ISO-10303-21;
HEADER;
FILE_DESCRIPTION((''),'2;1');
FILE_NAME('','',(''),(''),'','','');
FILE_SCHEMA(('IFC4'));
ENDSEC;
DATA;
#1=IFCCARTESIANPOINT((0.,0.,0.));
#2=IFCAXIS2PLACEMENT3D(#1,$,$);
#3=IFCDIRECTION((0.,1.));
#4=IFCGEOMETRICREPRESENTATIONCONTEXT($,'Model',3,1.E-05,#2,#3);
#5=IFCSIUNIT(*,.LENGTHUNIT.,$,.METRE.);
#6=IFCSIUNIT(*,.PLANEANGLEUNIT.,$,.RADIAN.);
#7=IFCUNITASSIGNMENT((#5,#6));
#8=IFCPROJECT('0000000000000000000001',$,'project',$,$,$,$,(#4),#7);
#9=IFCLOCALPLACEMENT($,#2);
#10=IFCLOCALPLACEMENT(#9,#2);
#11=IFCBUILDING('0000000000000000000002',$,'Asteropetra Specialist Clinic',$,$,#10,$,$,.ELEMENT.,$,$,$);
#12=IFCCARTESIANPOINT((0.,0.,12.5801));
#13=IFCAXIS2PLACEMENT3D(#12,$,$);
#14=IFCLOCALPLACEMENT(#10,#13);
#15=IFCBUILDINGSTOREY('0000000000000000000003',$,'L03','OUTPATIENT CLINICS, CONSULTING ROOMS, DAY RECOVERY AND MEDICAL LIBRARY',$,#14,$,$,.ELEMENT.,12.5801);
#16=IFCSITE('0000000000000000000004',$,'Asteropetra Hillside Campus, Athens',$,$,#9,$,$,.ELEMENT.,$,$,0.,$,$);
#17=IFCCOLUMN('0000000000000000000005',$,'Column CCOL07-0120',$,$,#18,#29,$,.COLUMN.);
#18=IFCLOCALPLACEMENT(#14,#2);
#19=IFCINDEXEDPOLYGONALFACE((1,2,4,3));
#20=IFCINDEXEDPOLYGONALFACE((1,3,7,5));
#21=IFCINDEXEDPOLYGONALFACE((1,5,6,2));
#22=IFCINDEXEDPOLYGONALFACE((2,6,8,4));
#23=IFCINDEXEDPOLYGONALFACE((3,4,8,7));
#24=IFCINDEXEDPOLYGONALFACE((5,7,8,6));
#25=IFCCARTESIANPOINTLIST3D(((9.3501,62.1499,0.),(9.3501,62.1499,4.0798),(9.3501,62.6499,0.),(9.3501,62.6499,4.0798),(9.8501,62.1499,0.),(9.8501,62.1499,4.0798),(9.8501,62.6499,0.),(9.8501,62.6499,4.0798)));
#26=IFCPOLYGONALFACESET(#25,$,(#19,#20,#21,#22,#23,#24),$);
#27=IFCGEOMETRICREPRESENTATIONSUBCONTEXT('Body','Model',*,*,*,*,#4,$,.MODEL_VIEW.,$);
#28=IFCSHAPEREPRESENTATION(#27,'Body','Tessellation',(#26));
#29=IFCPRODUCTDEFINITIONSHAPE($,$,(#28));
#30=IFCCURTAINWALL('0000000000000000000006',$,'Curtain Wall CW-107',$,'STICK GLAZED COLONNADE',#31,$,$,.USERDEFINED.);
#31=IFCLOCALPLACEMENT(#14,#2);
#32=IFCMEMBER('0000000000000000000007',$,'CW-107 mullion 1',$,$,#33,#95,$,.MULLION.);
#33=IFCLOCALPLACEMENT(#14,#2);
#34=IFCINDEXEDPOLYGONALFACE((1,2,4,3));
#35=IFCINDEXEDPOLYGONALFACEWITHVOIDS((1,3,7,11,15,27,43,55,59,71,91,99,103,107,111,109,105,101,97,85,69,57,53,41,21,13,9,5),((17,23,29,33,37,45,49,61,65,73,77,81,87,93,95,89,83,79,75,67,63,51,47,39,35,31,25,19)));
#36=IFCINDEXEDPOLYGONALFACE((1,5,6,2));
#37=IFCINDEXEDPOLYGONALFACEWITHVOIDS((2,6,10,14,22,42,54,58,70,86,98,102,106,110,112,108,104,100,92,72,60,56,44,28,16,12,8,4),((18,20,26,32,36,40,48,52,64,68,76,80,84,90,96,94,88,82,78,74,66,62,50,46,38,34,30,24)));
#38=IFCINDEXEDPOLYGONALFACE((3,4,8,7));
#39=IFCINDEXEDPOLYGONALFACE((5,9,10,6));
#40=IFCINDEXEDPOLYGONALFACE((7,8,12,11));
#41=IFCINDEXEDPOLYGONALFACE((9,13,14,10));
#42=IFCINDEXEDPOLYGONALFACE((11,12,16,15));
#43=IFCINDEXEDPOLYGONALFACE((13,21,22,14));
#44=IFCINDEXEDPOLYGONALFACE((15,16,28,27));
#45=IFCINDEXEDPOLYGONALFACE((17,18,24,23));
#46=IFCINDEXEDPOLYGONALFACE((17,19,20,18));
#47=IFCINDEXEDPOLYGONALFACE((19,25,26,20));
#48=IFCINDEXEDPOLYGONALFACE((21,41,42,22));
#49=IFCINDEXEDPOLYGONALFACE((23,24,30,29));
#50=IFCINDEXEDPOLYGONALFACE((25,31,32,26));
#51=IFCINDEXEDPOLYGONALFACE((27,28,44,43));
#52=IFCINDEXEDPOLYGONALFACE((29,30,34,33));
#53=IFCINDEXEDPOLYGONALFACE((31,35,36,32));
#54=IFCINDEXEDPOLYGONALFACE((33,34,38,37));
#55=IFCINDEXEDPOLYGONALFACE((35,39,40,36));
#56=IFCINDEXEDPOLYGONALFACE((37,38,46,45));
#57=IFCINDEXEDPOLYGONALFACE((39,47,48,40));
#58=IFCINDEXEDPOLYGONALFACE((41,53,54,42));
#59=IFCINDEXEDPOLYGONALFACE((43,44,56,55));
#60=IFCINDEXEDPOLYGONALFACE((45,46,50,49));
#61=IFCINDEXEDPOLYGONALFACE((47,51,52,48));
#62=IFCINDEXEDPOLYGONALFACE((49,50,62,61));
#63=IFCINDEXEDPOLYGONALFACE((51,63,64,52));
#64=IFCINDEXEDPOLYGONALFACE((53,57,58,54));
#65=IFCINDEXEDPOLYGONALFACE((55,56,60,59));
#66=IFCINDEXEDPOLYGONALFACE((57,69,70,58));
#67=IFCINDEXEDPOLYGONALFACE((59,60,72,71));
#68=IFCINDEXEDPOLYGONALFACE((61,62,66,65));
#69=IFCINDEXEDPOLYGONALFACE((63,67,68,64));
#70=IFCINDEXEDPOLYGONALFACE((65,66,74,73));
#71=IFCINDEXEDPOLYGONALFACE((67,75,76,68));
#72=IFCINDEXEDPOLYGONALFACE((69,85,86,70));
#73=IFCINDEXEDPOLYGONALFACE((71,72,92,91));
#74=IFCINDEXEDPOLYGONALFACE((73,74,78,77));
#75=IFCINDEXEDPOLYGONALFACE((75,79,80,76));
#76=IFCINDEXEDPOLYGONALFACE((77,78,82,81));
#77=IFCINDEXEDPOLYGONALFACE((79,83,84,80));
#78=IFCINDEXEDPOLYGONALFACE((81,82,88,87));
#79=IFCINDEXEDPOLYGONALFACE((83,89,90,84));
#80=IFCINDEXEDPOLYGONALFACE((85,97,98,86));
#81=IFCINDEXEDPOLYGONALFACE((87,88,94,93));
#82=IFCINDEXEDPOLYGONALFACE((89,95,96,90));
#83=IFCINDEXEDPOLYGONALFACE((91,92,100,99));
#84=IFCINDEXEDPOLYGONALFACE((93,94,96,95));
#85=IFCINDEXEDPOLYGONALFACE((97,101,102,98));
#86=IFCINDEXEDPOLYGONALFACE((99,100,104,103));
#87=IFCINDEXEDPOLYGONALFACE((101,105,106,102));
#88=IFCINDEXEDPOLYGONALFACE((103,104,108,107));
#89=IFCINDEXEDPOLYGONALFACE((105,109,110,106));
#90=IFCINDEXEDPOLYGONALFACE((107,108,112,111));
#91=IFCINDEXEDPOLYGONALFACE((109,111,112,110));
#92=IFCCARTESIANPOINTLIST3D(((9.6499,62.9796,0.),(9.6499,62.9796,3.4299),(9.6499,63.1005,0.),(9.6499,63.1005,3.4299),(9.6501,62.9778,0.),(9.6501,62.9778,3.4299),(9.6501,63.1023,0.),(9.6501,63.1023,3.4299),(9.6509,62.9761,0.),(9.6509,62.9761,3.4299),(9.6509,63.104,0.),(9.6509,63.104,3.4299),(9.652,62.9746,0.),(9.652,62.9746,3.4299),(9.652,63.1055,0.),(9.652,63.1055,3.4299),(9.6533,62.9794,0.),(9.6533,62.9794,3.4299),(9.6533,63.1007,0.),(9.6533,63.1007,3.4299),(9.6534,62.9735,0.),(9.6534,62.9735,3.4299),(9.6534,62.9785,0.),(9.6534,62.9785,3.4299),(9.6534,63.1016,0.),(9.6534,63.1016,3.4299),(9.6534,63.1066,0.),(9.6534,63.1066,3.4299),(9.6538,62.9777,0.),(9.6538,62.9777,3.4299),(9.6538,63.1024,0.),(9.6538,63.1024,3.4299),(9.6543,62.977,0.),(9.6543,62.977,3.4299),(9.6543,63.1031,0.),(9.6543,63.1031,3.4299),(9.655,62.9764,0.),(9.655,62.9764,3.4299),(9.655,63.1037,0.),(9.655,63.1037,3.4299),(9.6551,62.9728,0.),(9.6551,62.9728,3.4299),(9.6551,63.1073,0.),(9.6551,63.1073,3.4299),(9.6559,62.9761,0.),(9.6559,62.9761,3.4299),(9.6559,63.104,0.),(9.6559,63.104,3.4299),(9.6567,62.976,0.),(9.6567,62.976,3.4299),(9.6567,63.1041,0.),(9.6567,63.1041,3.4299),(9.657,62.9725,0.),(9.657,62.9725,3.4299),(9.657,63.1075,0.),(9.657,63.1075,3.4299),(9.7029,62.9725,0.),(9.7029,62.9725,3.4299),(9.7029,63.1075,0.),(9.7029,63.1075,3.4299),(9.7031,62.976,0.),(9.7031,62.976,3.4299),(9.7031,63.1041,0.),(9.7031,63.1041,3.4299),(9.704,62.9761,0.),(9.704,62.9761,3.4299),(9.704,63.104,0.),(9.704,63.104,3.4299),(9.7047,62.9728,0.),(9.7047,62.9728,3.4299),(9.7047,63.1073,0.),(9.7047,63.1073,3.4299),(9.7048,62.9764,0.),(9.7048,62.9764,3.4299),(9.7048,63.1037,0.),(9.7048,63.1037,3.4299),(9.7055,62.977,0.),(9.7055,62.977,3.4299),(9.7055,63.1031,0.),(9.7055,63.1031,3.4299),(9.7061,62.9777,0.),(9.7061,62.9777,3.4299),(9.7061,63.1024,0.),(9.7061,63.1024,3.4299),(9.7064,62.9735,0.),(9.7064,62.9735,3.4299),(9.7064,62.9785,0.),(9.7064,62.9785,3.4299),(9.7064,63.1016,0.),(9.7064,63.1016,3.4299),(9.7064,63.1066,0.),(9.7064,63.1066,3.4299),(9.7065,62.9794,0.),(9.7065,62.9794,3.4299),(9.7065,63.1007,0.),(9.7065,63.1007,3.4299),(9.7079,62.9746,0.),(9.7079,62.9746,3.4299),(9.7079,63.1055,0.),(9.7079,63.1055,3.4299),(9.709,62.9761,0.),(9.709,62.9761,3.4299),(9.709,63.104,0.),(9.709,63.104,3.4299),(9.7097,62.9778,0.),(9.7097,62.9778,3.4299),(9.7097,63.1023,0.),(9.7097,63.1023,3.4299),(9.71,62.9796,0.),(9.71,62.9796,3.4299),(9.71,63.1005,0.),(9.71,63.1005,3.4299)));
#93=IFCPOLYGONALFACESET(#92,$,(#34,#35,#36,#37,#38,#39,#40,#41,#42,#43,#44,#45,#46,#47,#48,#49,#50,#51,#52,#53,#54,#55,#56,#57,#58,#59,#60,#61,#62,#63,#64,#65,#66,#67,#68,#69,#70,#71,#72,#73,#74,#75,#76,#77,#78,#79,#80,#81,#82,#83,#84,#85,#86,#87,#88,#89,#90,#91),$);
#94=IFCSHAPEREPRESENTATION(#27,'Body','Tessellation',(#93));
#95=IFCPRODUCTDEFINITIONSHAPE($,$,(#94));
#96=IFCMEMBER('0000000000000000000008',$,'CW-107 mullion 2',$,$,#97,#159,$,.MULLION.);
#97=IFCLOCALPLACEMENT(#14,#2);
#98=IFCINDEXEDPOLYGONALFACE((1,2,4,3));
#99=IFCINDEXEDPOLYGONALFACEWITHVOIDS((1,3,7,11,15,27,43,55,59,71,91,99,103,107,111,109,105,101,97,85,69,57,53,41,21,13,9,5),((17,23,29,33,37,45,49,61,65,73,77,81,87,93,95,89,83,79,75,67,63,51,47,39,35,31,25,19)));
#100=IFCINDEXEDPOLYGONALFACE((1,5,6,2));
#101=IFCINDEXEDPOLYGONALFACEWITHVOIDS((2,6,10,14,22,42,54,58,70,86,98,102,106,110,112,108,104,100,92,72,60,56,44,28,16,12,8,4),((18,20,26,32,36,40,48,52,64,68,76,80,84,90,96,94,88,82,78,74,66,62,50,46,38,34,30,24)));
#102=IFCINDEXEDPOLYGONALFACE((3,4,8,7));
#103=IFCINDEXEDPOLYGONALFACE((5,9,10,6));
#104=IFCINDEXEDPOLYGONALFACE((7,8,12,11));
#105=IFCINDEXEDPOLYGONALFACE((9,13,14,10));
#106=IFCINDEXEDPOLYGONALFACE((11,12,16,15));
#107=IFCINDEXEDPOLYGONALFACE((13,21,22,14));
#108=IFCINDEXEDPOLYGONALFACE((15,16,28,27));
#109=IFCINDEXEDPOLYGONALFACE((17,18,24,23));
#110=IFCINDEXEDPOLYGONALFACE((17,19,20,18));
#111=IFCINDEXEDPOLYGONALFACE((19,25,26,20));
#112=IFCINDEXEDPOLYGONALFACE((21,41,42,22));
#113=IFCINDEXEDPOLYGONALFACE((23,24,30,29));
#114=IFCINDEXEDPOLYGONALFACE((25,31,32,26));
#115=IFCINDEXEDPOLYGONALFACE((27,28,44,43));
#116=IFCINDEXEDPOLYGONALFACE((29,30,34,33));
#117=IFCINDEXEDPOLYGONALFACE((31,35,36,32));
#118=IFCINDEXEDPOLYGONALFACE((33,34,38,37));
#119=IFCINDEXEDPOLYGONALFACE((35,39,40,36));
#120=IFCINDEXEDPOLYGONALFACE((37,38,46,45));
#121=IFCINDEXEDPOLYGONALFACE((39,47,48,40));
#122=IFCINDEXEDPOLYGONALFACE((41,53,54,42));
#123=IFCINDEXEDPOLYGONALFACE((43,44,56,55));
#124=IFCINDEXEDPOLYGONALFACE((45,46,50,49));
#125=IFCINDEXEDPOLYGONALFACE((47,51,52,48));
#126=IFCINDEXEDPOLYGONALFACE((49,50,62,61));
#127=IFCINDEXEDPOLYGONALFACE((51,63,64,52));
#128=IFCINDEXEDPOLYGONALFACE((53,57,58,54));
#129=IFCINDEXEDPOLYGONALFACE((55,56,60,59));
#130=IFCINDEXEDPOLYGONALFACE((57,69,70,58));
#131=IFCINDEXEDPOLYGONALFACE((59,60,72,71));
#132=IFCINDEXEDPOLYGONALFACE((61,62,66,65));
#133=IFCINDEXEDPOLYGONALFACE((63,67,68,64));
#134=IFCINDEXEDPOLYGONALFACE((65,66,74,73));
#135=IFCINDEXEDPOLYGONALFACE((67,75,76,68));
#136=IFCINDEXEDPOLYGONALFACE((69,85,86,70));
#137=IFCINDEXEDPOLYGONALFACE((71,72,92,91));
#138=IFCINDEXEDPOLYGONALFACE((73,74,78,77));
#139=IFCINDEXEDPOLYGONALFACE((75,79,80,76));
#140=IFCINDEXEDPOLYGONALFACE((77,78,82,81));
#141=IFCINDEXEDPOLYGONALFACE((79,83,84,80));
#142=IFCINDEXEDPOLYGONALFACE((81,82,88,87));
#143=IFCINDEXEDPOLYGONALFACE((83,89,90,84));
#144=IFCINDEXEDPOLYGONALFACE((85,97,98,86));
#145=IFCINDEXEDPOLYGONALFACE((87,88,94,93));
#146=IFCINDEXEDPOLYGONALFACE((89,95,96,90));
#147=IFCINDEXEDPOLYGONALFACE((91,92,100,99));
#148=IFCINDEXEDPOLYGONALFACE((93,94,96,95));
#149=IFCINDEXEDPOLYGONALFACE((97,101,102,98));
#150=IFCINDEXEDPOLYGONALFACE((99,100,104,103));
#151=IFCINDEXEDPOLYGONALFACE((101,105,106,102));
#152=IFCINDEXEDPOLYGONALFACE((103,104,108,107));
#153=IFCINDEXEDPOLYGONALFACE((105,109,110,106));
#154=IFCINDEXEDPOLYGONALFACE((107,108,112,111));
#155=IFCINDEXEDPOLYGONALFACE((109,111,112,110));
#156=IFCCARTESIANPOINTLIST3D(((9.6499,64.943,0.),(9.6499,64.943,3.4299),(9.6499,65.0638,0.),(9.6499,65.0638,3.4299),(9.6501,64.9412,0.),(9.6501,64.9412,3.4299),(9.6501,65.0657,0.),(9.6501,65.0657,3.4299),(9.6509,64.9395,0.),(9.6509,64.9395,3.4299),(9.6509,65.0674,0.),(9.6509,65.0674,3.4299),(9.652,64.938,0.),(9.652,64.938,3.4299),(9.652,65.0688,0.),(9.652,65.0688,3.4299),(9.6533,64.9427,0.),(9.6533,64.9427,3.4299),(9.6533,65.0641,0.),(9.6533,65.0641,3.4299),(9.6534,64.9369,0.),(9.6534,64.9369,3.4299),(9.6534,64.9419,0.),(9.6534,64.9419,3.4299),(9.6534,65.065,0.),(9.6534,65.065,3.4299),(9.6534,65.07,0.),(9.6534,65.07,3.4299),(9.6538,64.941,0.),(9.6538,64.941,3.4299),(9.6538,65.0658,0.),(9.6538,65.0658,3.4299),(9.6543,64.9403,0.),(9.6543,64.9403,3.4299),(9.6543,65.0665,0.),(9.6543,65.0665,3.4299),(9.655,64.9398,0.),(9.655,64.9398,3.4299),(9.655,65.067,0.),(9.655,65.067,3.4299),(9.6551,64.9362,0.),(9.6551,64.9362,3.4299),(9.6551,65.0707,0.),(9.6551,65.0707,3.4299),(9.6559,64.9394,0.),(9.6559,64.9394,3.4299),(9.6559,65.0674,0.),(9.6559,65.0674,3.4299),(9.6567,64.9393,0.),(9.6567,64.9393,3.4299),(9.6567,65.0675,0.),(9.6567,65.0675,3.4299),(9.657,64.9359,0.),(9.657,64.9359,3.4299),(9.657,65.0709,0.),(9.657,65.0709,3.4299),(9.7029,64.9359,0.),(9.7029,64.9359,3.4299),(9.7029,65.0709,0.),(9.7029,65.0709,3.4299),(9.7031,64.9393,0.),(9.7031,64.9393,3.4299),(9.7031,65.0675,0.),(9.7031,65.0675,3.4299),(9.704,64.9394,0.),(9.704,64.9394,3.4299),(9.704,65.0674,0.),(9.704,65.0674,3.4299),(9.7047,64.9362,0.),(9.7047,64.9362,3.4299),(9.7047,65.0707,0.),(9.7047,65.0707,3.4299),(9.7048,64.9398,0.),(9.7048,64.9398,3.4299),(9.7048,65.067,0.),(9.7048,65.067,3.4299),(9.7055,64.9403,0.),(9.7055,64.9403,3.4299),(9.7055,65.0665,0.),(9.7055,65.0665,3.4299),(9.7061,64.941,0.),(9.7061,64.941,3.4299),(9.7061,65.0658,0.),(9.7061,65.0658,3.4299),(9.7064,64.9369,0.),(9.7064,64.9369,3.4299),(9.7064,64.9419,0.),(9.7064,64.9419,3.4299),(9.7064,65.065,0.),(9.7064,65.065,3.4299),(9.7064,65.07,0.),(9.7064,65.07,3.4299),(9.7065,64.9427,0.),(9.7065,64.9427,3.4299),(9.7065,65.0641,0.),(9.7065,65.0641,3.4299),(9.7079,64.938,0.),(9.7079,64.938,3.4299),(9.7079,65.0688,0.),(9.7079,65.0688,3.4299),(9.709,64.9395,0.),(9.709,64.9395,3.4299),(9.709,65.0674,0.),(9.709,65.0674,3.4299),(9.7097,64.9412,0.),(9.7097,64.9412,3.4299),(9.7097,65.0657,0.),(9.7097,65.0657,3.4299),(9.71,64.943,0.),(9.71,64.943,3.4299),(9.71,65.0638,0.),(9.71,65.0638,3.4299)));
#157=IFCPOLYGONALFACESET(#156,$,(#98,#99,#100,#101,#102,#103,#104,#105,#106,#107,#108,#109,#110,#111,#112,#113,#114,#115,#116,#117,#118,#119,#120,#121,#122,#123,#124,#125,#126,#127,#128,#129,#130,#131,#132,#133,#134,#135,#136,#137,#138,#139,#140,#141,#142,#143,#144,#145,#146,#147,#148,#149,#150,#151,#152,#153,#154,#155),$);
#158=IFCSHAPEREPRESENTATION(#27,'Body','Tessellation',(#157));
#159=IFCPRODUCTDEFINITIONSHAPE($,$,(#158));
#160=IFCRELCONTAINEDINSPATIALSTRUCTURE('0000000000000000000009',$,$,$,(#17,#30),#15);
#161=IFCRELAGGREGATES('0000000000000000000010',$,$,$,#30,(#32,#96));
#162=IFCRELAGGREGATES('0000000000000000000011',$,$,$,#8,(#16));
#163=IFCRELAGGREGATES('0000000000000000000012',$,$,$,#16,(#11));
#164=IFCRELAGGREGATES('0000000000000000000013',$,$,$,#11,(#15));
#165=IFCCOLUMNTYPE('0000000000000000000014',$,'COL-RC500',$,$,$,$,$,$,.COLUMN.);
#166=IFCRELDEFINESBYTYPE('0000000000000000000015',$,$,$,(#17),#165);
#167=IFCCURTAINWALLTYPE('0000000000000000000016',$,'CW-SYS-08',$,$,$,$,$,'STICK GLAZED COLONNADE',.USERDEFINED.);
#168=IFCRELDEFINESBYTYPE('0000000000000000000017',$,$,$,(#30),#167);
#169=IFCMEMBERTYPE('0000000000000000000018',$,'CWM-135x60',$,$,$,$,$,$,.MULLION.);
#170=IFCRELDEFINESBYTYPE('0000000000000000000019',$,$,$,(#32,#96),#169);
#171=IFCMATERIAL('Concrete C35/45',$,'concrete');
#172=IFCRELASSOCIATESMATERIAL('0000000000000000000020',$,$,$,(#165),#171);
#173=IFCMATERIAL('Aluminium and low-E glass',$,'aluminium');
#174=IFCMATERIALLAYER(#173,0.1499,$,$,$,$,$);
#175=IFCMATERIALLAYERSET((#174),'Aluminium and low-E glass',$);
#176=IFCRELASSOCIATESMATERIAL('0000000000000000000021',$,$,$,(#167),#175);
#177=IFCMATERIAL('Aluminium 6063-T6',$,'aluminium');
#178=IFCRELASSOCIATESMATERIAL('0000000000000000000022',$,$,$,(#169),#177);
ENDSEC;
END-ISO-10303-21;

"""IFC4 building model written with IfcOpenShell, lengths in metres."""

from ifc_helpers import new_model, si_unit, direction, frame, origin, origin_2d, place, context, subcontext, project, spatial, rectangle, hollow_rectangle, extrude, material, layer, layer_set, material_profile, profile_set, type_object, element, aggregate, save


model = new_model("IFC4")

# Units and contexts
model_context = context("Model", 3, precision=1e-05, world=origin(), true_north=direction((0.0, 1.0)))
body_context = subcontext(model_context, "Body", "Model", "MODEL_VIEW")
ifc_project = project(units=[si_unit("LENGTHUNIT", "METRE"), si_unit("PLANEANGLEUNIT", "RADIAN")], contexts=[model_context])

# Site, building, storey
site_placement = place(None, origin())
site = spatial("IfcSite", under=ifc_project, at=site_placement, Name="Asteropetra Hillside Campus, Athens", CompositionType="ELEMENT", RefElevation=0.0)
building_placement = place(site_placement, origin())
building = spatial("IfcBuilding", under=site, at=building_placement, Name="Asteropetra Specialist Clinic", CompositionType="ELEMENT")
storey_placement = place(building_placement, frame((0.0, 0.0, 12.5801)))
storey = spatial("IfcBuildingStorey", under=building, at=storey_placement, Name="L03", Description="OUTPATIENT CLINICS, CONSULTING ROOMS, DAY RECOVERY AND MEDICAL LIBRARY", CompositionType="ELEMENT", Elevation=12.5801)

# Column
ifc_material_1 = material(Name="Concrete C35/45", Category="concrete")
ifc_material_profile_1 = material_profile(ifc_material_1, rectangle(XDim=0.5, YDim=0.5, at=origin_2d()), Name="RC 500x500")
ifc_profile_set_1 = profile_set([ifc_material_profile_1], Name="Concrete C35/45")
column_type = type_object("IfcColumnType", Name="COL-RC500", PredefinedType="COLUMN", material=ifc_profile_set_1)
column_placement = place(storey_placement, frame((9.6001, 62.3999, 0.0), z_axis=(0.0, 0.0, 1.0), x_axis=(1.0, 0.0, 0.0)))
element("IfcColumn", 1, at=column_placement, inside=storey, type_object=column_type, Name="Column CCOL07-0120", PredefinedType="COLUMN", context=body_context, shape_type="SweptSolid", body=[
    extrude(rectangle(XDim=0.5, YDim=0.5, at=origin_2d()), origin(), (0.0, 0.0, 1.0), 4.0798),
])

# Curtain wall, members
ifc_material_2 = material(Name="Aluminium and low-E glass", Category="aluminium")
ifc_layer_1 = layer(ifc_material_2, 0.1499)
ifc_layer_set_1 = layer_set([ifc_layer_1], Name="Aluminium and low-E glass")
curtain_wall_type = type_object("IfcCurtainWallType", Name="CW-SYS-08", ElementType="STICK GLAZED COLONNADE", PredefinedType="USERDEFINED", material=ifc_layer_set_1)
curtain_wall_placement = place(storey_placement, origin())
curtain_wall = element("IfcCurtainWall", 2, at=curtain_wall_placement, inside=storey, type_object=curtain_wall_type, Name="Curtain Wall CW-107", ObjectType="STICK GLAZED COLONNADE", PredefinedType="USERDEFINED")
ifc_material_3 = material(Name="Aluminium 6063-T6", Category="aluminium")
ifc_material_profile_2 = material_profile(ifc_material_3, hollow_rectangle(XDim=0.0601, YDim=0.135, WallThickness=0.0034, InnerFilletRadius=0.0034, OuterFilletRadius=0.0071, at=origin_2d()), Name="MUL 135x60x3.5")
ifc_profile_set_2 = profile_set([ifc_material_profile_2], Name="Aluminium 6063-T6")
member_type_1 = type_object("IfcMemberType", Name="CWM-135x60", PredefinedType="MULLION", material=ifc_profile_set_2)
member_1_placement = place(storey_placement, frame((9.6799, 63.04, 0.0), z_axis=(0.0, 0.0, 1.0), x_axis=(-1.0, 0.0, 0.0)))
member_1 = element("IfcMember", 3, at=member_1_placement, type_object=member_type_1, Name="CW-107 mullion 1", PredefinedType="MULLION", context=body_context, shape_type="SweptSolid", body=[
    extrude(hollow_rectangle(XDim=0.0601, YDim=0.135, WallThickness=0.0034, InnerFilletRadius=0.0034, OuterFilletRadius=0.0071, at=origin_2d()), origin(), (0.0, 0.0, 1.0), 3.4299),
])
member_2_placement = place(storey_placement, frame((9.6799, 65.0034, 0.0), z_axis=(0.0, 0.0, 1.0), x_axis=(-1.0, 0.0, 0.0)))
member_2 = element("IfcMember", 4, at=member_2_placement, type_object=member_type_1, Name="CW-107 mullion 2", PredefinedType="MULLION", context=body_context, shape_type="SweptSolid", body=[
    extrude(hollow_rectangle(XDim=0.0601, YDim=0.135, WallThickness=0.0034, InnerFilletRadius=0.0034, OuterFilletRadius=0.0071, at=origin_2d()), origin(), (0.0, 0.0, 1.0), 3.4299),
])

aggregate(curtain_wall, [member_1, member_2])

save(model, "model.ifc")
